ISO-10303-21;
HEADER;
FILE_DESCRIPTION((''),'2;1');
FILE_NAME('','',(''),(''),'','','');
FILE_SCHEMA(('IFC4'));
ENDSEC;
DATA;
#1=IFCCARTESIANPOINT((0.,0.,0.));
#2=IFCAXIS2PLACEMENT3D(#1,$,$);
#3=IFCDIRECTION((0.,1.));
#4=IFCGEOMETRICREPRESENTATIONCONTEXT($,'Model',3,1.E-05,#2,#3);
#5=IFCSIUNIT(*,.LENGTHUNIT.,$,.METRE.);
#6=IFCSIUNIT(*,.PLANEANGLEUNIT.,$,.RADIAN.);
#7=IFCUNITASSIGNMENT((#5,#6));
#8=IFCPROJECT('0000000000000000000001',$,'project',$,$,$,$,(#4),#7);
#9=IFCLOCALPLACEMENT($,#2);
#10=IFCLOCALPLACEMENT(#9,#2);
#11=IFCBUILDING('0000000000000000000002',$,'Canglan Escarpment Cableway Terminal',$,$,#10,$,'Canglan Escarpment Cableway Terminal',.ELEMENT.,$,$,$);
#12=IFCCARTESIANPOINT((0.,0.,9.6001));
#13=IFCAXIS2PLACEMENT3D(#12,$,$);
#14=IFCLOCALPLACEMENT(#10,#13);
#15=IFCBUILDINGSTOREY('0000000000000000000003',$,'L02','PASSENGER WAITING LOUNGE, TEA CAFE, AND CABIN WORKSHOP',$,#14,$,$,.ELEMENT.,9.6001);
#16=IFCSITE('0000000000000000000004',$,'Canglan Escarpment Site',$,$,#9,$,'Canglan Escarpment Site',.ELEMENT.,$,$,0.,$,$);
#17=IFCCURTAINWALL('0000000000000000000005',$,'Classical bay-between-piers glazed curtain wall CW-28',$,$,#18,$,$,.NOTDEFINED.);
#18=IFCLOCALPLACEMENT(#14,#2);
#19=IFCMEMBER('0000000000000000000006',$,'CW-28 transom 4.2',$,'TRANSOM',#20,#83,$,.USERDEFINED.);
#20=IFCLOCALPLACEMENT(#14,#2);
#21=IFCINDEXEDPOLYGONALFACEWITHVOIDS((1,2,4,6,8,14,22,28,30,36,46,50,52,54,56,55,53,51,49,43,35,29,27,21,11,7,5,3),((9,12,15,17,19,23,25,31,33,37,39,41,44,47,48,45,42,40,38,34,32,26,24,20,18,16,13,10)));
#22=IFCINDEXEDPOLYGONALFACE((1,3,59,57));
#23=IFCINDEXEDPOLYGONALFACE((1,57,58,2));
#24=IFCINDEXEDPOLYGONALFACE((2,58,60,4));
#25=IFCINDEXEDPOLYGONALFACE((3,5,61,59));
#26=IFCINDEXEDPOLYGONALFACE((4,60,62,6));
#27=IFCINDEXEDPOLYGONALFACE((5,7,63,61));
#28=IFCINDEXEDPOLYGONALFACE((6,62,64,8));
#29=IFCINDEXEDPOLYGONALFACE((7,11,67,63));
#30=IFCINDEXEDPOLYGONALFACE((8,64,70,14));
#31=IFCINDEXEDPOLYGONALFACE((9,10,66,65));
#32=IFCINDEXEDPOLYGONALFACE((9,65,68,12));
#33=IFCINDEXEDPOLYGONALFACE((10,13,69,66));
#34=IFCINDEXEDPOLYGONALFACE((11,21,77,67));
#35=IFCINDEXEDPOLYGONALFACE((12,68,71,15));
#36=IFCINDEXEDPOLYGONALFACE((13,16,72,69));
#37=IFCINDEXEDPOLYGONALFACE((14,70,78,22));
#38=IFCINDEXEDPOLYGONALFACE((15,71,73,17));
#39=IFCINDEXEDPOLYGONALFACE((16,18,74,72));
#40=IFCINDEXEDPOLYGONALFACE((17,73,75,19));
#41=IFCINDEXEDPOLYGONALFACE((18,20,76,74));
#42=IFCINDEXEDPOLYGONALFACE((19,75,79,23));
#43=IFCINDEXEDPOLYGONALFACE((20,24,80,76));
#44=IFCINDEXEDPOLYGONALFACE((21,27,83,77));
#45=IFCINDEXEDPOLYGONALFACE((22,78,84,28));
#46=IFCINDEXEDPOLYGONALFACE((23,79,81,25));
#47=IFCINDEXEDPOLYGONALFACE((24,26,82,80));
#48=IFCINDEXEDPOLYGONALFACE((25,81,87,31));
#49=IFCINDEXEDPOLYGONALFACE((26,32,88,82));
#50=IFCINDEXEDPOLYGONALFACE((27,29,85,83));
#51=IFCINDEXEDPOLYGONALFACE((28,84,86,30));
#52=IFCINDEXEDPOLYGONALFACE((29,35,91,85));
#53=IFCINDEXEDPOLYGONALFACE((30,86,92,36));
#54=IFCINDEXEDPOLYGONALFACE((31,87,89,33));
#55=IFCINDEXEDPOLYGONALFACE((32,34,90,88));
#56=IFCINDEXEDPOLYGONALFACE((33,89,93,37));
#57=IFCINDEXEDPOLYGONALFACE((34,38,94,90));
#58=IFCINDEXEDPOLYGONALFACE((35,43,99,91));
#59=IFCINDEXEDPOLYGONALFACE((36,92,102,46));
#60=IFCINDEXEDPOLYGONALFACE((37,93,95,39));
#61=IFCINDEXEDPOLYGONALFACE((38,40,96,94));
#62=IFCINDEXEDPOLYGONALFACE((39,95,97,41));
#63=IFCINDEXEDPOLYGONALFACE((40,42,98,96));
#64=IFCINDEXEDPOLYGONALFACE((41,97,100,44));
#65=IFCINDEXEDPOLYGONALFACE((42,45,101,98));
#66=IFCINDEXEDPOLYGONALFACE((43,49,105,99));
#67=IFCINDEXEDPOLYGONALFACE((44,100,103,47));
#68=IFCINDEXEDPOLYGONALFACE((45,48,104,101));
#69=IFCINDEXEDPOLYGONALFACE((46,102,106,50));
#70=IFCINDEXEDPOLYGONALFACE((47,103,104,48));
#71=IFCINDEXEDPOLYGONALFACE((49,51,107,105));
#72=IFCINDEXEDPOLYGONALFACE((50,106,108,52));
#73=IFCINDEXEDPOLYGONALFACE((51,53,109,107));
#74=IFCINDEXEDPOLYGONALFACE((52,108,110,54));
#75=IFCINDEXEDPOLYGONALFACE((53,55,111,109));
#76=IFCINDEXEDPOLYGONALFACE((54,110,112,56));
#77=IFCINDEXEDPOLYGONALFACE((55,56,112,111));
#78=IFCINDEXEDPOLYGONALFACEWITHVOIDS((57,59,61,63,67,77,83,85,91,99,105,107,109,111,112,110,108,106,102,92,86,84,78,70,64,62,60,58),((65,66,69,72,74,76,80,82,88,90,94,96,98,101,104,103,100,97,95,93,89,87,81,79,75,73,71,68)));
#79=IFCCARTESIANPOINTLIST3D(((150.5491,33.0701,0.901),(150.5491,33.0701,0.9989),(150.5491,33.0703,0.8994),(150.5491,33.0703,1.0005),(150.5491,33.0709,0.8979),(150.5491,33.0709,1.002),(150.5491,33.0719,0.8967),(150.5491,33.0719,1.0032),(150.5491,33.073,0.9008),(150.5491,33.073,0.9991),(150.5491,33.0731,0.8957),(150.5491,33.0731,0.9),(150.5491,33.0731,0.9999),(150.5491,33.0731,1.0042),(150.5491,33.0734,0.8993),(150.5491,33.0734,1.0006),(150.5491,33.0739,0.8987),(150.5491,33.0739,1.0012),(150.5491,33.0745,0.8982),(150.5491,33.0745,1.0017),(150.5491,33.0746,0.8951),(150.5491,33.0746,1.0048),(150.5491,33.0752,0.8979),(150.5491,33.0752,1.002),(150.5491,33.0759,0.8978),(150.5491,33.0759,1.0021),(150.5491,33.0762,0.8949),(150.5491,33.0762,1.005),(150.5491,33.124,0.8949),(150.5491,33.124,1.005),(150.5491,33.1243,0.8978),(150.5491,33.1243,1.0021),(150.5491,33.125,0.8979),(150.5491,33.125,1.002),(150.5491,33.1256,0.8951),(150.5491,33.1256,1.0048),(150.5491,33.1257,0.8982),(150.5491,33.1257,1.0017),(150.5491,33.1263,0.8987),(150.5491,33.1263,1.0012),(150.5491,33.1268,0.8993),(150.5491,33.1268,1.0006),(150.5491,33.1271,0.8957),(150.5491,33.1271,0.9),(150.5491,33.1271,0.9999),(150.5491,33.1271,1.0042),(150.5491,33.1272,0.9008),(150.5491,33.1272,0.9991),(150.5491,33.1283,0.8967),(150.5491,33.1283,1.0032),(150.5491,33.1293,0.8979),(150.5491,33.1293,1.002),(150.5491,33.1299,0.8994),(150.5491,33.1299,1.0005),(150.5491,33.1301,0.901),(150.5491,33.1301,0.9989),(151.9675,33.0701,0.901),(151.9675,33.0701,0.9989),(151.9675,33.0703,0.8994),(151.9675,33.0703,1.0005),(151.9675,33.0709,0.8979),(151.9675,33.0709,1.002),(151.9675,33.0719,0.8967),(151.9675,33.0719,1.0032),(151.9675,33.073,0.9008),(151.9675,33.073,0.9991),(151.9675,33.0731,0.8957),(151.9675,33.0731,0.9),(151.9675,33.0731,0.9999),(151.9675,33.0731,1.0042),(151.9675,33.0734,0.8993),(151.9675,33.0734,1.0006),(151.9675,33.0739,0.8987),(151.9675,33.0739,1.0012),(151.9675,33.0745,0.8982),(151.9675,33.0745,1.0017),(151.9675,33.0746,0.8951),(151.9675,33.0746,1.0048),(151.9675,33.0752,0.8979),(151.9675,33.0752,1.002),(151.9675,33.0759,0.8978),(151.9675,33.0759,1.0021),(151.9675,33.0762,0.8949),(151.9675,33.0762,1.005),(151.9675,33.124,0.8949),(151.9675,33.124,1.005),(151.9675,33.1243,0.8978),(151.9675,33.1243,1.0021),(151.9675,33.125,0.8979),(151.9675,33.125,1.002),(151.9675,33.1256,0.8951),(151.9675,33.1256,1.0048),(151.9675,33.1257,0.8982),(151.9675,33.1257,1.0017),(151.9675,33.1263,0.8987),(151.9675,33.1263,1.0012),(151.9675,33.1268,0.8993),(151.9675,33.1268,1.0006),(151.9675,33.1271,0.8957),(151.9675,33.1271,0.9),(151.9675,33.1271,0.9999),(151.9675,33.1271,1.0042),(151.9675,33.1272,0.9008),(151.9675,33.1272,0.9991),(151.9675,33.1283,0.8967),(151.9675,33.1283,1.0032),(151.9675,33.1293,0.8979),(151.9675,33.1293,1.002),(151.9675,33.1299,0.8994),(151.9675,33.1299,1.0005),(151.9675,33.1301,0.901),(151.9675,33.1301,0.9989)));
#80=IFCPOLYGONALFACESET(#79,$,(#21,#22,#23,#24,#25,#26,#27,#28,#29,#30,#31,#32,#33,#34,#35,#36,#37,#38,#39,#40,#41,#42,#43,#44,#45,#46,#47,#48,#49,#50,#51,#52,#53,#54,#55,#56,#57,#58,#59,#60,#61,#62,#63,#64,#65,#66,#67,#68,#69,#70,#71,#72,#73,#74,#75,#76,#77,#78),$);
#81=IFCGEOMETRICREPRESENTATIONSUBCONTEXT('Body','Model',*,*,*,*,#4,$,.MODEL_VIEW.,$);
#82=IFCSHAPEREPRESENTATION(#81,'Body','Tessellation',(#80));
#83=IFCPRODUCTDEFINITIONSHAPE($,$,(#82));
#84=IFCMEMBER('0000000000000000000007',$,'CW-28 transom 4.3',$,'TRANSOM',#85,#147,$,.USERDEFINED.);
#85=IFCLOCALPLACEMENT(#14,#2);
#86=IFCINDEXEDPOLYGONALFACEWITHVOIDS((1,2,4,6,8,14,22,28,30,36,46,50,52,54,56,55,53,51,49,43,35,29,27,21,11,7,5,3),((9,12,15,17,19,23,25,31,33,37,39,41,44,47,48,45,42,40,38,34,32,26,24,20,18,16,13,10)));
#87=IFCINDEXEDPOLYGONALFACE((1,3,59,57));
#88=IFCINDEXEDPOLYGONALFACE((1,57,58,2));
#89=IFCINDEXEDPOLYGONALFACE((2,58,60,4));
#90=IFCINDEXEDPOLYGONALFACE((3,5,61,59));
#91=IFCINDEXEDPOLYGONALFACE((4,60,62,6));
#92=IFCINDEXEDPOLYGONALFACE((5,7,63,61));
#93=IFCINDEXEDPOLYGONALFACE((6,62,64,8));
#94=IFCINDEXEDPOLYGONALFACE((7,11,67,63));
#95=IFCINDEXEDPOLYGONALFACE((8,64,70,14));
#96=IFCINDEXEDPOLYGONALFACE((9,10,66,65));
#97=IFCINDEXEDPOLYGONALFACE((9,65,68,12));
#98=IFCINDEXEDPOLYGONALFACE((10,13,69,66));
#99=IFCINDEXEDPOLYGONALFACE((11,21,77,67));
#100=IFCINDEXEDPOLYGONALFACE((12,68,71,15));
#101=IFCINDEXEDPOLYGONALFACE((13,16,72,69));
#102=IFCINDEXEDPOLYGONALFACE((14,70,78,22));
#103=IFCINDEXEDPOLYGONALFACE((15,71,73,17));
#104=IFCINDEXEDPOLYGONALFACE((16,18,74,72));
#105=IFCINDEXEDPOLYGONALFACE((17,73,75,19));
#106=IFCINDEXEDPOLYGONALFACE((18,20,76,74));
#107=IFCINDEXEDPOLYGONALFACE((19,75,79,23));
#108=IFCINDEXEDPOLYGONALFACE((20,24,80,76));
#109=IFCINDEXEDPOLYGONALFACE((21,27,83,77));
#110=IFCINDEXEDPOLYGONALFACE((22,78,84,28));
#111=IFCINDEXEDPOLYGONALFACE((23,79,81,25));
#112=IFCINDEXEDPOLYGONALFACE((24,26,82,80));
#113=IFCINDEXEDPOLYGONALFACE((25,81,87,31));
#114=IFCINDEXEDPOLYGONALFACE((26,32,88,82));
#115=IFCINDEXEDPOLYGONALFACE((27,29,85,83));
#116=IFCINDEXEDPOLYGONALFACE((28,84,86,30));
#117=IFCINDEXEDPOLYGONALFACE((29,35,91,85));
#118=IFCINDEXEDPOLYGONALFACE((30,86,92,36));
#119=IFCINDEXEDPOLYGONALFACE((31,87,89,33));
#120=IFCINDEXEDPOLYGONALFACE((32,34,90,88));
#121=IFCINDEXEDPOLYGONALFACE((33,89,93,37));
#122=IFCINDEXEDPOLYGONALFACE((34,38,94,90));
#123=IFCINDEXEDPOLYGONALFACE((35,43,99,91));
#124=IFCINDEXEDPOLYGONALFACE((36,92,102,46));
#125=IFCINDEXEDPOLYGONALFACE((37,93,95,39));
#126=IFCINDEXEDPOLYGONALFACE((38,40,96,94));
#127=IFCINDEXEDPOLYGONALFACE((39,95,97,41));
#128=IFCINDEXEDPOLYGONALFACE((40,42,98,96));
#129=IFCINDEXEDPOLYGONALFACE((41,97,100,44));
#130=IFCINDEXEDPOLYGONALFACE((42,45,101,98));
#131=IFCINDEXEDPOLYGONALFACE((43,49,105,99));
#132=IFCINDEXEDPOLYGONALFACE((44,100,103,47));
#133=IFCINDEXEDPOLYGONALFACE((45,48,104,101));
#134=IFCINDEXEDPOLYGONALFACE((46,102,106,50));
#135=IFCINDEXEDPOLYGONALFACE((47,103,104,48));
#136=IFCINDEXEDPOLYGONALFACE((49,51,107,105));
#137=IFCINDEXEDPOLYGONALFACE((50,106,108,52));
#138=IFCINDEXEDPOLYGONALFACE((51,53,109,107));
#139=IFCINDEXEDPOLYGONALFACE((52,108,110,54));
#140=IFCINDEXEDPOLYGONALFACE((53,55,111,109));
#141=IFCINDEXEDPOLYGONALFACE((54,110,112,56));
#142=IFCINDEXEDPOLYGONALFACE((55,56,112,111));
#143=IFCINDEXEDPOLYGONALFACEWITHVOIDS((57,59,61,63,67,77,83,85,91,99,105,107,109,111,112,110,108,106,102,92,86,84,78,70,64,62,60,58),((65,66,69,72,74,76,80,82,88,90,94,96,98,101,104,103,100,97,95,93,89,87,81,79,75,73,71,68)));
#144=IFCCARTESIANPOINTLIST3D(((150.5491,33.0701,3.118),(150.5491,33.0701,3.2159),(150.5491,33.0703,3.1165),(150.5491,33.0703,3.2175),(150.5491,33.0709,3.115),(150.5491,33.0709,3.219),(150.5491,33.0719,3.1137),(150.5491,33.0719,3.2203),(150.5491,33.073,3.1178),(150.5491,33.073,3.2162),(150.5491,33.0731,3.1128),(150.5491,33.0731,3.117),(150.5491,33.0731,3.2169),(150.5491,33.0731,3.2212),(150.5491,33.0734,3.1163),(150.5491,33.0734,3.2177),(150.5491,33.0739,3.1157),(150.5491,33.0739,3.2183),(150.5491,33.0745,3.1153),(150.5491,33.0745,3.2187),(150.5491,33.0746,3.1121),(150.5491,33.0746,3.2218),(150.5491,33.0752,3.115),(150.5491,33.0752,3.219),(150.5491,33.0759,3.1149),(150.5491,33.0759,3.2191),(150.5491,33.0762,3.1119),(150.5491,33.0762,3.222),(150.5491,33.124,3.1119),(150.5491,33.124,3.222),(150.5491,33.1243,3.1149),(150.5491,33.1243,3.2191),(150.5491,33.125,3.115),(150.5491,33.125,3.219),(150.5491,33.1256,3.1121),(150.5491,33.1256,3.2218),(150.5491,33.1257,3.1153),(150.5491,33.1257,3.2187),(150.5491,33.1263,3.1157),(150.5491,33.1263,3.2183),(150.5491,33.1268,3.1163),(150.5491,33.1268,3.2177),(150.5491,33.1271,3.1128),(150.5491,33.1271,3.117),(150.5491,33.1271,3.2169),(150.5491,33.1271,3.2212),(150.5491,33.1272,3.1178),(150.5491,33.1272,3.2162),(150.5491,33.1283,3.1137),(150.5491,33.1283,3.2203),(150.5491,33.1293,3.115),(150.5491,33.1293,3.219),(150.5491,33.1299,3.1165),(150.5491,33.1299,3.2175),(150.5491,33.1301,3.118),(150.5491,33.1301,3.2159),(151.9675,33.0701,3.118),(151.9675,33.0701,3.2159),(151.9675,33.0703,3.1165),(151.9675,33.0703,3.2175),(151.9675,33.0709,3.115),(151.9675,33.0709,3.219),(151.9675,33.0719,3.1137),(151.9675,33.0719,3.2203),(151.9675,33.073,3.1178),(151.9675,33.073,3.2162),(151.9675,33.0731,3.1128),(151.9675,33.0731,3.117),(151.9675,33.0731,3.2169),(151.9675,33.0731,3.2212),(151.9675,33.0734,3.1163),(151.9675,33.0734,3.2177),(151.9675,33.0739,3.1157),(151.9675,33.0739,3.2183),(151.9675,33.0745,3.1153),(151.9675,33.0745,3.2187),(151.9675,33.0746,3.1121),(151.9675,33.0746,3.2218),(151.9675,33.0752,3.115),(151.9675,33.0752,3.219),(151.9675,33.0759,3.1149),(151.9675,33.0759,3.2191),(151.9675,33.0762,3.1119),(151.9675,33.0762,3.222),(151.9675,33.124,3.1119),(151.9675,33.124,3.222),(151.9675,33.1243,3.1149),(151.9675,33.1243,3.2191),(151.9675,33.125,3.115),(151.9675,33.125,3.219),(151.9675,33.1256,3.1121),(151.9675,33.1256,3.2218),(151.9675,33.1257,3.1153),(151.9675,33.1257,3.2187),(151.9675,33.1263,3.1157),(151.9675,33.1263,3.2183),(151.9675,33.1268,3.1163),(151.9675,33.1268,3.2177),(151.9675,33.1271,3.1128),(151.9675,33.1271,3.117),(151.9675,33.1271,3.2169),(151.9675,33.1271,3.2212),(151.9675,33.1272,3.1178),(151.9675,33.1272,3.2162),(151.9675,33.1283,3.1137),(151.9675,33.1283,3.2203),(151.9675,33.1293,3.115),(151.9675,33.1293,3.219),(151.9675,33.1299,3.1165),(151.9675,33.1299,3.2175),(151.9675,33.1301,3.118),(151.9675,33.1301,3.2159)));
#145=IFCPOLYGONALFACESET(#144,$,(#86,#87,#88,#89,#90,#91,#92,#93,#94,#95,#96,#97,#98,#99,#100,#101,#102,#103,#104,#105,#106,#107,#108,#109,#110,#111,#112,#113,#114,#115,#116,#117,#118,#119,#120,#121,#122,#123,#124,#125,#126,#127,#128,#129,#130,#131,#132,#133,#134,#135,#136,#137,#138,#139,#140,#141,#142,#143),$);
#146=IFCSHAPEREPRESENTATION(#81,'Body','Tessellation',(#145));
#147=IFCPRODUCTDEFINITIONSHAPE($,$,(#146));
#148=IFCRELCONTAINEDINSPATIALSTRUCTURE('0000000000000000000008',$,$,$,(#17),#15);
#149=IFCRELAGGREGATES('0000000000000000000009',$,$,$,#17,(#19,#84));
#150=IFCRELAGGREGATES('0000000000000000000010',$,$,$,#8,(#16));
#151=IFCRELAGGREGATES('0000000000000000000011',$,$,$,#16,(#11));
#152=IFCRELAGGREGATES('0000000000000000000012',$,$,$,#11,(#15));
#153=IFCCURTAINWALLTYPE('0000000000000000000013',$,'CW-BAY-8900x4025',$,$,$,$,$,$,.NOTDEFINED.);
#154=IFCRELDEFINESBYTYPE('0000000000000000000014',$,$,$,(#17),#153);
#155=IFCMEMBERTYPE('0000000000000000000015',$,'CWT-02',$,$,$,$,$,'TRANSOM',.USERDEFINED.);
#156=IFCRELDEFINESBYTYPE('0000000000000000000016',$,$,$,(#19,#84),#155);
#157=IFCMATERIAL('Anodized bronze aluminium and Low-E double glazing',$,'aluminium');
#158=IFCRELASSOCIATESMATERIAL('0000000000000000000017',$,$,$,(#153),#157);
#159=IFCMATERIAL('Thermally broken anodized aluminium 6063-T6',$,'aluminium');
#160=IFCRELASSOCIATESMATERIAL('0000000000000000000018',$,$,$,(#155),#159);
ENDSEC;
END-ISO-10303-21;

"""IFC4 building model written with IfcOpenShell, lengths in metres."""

from ifc_helpers import new_model, si_unit, direction, frame, origin, origin_2d, place, context, subcontext, project, spatial, hollow_rectangle, extrude, material, material_profile, profile_set, type_object, element, aggregate, save


model = new_model("IFC4")

# Units and contexts
model_context = context("Model", 3, precision=1e-05, world=origin(), true_north=direction((0.0, 1.0)))
body_context = subcontext(model_context, "Body", "Model", "MODEL_VIEW")
ifc_project = project(units=[si_unit("LENGTHUNIT", "METRE"), si_unit("PLANEANGLEUNIT", "RADIAN")], contexts=[model_context])

# Site, building, storey
site_placement = place(None, origin())
site = spatial("IfcSite", under=ifc_project, at=site_placement, Name="Canglan Escarpment Site", LongName="Canglan Escarpment Site", CompositionType="ELEMENT", RefElevation=0.0)
building_placement = place(site_placement, origin())
building = spatial("IfcBuilding", under=site, at=building_placement, Name="Canglan Escarpment Cableway Terminal", LongName="Canglan Escarpment Cableway Terminal", CompositionType="ELEMENT")
storey_placement = place(building_placement, frame((0.0, 0.0, 9.6001)))
storey = spatial("IfcBuildingStorey", under=building, at=storey_placement, Name="L02", Description="PASSENGER WAITING LOUNGE, TEA CAFE, AND CABIN WORKSHOP", CompositionType="ELEMENT", Elevation=9.6001)

# Curtain wall, members
ifc_material_1 = material(Name="Anodized bronze aluminium and Low-E double glazing", Category="aluminium")
curtain_wall_type = type_object("IfcCurtainWallType", Name="CW-BAY-8900x4025", PredefinedType="NOTDEFINED", material=ifc_material_1)
curtain_wall_placement = place(storey_placement, origin())
curtain_wall = element("IfcCurtainWall", 1, at=curtain_wall_placement, inside=storey, type_object=curtain_wall_type, Name="Classical bay-between-piers glazed curtain wall CW-28", PredefinedType="NOTDEFINED")
ifc_material_2 = material(Name="Thermally broken anodized aluminium 6063-T6", Category="aluminium")
ifc_material_profile_1 = material_profile(ifc_material_2, hollow_rectangle(XDim=0.0601, YDim=0.1101, WallThickness=0.0029, InnerFilletRadius=0.0029, OuterFilletRadius=0.0061, at=origin_2d()), Name="ALU-TRAN 60x110x3")
ifc_profile_set_1 = profile_set([ifc_material_profile_1], Name="Thermally broken anodized aluminium 6063-T6")
member_type_1 = type_object("IfcMemberType", Name="CWT-02", ElementType="TRANSOM", PredefinedType="USERDEFINED", material=ifc_profile_set_1)
member_1_placement = place(storey_placement, frame((151.9675, 33.1001, 0.95), z_axis=(-1.0, 0.0, 0.0), x_axis=(0.0, -1.0, 0.0)))
member_1 = element("IfcMember", 2, at=member_1_placement, type_object=member_type_1, Name="CW-28 transom 4.2", ObjectType="TRANSOM", PredefinedType="USERDEFINED", context=body_context, shape_type="SweptSolid", body=[
    extrude(hollow_rectangle(XDim=0.0601, YDim=0.1101, WallThickness=0.0029, InnerFilletRadius=0.0029, OuterFilletRadius=0.0061, at=origin_2d()), origin(), (0.0, 0.0, 1.0), 1.4185),
])
member_2_placement = place(storey_placement, frame((151.9675, 33.1001, 3.167), z_axis=(-1.0, 0.0, 0.0), x_axis=(0.0, -1.0, 0.0)))
member_2 = element("IfcMember", 3, at=member_2_placement, type_object=member_type_1, Name="CW-28 transom 4.3", ObjectType="TRANSOM", PredefinedType="USERDEFINED", context=body_context, shape_type="SweptSolid", body=[
    extrude(hollow_rectangle(XDim=0.0601, YDim=0.1101, WallThickness=0.0029, InnerFilletRadius=0.0029, OuterFilletRadius=0.0061, at=origin_2d()), origin(), (0.0, 0.0, 1.0), 1.4185),
])
aggregate(curtain_wall, [member_1, member_2])

save(model, "model.ifc")
